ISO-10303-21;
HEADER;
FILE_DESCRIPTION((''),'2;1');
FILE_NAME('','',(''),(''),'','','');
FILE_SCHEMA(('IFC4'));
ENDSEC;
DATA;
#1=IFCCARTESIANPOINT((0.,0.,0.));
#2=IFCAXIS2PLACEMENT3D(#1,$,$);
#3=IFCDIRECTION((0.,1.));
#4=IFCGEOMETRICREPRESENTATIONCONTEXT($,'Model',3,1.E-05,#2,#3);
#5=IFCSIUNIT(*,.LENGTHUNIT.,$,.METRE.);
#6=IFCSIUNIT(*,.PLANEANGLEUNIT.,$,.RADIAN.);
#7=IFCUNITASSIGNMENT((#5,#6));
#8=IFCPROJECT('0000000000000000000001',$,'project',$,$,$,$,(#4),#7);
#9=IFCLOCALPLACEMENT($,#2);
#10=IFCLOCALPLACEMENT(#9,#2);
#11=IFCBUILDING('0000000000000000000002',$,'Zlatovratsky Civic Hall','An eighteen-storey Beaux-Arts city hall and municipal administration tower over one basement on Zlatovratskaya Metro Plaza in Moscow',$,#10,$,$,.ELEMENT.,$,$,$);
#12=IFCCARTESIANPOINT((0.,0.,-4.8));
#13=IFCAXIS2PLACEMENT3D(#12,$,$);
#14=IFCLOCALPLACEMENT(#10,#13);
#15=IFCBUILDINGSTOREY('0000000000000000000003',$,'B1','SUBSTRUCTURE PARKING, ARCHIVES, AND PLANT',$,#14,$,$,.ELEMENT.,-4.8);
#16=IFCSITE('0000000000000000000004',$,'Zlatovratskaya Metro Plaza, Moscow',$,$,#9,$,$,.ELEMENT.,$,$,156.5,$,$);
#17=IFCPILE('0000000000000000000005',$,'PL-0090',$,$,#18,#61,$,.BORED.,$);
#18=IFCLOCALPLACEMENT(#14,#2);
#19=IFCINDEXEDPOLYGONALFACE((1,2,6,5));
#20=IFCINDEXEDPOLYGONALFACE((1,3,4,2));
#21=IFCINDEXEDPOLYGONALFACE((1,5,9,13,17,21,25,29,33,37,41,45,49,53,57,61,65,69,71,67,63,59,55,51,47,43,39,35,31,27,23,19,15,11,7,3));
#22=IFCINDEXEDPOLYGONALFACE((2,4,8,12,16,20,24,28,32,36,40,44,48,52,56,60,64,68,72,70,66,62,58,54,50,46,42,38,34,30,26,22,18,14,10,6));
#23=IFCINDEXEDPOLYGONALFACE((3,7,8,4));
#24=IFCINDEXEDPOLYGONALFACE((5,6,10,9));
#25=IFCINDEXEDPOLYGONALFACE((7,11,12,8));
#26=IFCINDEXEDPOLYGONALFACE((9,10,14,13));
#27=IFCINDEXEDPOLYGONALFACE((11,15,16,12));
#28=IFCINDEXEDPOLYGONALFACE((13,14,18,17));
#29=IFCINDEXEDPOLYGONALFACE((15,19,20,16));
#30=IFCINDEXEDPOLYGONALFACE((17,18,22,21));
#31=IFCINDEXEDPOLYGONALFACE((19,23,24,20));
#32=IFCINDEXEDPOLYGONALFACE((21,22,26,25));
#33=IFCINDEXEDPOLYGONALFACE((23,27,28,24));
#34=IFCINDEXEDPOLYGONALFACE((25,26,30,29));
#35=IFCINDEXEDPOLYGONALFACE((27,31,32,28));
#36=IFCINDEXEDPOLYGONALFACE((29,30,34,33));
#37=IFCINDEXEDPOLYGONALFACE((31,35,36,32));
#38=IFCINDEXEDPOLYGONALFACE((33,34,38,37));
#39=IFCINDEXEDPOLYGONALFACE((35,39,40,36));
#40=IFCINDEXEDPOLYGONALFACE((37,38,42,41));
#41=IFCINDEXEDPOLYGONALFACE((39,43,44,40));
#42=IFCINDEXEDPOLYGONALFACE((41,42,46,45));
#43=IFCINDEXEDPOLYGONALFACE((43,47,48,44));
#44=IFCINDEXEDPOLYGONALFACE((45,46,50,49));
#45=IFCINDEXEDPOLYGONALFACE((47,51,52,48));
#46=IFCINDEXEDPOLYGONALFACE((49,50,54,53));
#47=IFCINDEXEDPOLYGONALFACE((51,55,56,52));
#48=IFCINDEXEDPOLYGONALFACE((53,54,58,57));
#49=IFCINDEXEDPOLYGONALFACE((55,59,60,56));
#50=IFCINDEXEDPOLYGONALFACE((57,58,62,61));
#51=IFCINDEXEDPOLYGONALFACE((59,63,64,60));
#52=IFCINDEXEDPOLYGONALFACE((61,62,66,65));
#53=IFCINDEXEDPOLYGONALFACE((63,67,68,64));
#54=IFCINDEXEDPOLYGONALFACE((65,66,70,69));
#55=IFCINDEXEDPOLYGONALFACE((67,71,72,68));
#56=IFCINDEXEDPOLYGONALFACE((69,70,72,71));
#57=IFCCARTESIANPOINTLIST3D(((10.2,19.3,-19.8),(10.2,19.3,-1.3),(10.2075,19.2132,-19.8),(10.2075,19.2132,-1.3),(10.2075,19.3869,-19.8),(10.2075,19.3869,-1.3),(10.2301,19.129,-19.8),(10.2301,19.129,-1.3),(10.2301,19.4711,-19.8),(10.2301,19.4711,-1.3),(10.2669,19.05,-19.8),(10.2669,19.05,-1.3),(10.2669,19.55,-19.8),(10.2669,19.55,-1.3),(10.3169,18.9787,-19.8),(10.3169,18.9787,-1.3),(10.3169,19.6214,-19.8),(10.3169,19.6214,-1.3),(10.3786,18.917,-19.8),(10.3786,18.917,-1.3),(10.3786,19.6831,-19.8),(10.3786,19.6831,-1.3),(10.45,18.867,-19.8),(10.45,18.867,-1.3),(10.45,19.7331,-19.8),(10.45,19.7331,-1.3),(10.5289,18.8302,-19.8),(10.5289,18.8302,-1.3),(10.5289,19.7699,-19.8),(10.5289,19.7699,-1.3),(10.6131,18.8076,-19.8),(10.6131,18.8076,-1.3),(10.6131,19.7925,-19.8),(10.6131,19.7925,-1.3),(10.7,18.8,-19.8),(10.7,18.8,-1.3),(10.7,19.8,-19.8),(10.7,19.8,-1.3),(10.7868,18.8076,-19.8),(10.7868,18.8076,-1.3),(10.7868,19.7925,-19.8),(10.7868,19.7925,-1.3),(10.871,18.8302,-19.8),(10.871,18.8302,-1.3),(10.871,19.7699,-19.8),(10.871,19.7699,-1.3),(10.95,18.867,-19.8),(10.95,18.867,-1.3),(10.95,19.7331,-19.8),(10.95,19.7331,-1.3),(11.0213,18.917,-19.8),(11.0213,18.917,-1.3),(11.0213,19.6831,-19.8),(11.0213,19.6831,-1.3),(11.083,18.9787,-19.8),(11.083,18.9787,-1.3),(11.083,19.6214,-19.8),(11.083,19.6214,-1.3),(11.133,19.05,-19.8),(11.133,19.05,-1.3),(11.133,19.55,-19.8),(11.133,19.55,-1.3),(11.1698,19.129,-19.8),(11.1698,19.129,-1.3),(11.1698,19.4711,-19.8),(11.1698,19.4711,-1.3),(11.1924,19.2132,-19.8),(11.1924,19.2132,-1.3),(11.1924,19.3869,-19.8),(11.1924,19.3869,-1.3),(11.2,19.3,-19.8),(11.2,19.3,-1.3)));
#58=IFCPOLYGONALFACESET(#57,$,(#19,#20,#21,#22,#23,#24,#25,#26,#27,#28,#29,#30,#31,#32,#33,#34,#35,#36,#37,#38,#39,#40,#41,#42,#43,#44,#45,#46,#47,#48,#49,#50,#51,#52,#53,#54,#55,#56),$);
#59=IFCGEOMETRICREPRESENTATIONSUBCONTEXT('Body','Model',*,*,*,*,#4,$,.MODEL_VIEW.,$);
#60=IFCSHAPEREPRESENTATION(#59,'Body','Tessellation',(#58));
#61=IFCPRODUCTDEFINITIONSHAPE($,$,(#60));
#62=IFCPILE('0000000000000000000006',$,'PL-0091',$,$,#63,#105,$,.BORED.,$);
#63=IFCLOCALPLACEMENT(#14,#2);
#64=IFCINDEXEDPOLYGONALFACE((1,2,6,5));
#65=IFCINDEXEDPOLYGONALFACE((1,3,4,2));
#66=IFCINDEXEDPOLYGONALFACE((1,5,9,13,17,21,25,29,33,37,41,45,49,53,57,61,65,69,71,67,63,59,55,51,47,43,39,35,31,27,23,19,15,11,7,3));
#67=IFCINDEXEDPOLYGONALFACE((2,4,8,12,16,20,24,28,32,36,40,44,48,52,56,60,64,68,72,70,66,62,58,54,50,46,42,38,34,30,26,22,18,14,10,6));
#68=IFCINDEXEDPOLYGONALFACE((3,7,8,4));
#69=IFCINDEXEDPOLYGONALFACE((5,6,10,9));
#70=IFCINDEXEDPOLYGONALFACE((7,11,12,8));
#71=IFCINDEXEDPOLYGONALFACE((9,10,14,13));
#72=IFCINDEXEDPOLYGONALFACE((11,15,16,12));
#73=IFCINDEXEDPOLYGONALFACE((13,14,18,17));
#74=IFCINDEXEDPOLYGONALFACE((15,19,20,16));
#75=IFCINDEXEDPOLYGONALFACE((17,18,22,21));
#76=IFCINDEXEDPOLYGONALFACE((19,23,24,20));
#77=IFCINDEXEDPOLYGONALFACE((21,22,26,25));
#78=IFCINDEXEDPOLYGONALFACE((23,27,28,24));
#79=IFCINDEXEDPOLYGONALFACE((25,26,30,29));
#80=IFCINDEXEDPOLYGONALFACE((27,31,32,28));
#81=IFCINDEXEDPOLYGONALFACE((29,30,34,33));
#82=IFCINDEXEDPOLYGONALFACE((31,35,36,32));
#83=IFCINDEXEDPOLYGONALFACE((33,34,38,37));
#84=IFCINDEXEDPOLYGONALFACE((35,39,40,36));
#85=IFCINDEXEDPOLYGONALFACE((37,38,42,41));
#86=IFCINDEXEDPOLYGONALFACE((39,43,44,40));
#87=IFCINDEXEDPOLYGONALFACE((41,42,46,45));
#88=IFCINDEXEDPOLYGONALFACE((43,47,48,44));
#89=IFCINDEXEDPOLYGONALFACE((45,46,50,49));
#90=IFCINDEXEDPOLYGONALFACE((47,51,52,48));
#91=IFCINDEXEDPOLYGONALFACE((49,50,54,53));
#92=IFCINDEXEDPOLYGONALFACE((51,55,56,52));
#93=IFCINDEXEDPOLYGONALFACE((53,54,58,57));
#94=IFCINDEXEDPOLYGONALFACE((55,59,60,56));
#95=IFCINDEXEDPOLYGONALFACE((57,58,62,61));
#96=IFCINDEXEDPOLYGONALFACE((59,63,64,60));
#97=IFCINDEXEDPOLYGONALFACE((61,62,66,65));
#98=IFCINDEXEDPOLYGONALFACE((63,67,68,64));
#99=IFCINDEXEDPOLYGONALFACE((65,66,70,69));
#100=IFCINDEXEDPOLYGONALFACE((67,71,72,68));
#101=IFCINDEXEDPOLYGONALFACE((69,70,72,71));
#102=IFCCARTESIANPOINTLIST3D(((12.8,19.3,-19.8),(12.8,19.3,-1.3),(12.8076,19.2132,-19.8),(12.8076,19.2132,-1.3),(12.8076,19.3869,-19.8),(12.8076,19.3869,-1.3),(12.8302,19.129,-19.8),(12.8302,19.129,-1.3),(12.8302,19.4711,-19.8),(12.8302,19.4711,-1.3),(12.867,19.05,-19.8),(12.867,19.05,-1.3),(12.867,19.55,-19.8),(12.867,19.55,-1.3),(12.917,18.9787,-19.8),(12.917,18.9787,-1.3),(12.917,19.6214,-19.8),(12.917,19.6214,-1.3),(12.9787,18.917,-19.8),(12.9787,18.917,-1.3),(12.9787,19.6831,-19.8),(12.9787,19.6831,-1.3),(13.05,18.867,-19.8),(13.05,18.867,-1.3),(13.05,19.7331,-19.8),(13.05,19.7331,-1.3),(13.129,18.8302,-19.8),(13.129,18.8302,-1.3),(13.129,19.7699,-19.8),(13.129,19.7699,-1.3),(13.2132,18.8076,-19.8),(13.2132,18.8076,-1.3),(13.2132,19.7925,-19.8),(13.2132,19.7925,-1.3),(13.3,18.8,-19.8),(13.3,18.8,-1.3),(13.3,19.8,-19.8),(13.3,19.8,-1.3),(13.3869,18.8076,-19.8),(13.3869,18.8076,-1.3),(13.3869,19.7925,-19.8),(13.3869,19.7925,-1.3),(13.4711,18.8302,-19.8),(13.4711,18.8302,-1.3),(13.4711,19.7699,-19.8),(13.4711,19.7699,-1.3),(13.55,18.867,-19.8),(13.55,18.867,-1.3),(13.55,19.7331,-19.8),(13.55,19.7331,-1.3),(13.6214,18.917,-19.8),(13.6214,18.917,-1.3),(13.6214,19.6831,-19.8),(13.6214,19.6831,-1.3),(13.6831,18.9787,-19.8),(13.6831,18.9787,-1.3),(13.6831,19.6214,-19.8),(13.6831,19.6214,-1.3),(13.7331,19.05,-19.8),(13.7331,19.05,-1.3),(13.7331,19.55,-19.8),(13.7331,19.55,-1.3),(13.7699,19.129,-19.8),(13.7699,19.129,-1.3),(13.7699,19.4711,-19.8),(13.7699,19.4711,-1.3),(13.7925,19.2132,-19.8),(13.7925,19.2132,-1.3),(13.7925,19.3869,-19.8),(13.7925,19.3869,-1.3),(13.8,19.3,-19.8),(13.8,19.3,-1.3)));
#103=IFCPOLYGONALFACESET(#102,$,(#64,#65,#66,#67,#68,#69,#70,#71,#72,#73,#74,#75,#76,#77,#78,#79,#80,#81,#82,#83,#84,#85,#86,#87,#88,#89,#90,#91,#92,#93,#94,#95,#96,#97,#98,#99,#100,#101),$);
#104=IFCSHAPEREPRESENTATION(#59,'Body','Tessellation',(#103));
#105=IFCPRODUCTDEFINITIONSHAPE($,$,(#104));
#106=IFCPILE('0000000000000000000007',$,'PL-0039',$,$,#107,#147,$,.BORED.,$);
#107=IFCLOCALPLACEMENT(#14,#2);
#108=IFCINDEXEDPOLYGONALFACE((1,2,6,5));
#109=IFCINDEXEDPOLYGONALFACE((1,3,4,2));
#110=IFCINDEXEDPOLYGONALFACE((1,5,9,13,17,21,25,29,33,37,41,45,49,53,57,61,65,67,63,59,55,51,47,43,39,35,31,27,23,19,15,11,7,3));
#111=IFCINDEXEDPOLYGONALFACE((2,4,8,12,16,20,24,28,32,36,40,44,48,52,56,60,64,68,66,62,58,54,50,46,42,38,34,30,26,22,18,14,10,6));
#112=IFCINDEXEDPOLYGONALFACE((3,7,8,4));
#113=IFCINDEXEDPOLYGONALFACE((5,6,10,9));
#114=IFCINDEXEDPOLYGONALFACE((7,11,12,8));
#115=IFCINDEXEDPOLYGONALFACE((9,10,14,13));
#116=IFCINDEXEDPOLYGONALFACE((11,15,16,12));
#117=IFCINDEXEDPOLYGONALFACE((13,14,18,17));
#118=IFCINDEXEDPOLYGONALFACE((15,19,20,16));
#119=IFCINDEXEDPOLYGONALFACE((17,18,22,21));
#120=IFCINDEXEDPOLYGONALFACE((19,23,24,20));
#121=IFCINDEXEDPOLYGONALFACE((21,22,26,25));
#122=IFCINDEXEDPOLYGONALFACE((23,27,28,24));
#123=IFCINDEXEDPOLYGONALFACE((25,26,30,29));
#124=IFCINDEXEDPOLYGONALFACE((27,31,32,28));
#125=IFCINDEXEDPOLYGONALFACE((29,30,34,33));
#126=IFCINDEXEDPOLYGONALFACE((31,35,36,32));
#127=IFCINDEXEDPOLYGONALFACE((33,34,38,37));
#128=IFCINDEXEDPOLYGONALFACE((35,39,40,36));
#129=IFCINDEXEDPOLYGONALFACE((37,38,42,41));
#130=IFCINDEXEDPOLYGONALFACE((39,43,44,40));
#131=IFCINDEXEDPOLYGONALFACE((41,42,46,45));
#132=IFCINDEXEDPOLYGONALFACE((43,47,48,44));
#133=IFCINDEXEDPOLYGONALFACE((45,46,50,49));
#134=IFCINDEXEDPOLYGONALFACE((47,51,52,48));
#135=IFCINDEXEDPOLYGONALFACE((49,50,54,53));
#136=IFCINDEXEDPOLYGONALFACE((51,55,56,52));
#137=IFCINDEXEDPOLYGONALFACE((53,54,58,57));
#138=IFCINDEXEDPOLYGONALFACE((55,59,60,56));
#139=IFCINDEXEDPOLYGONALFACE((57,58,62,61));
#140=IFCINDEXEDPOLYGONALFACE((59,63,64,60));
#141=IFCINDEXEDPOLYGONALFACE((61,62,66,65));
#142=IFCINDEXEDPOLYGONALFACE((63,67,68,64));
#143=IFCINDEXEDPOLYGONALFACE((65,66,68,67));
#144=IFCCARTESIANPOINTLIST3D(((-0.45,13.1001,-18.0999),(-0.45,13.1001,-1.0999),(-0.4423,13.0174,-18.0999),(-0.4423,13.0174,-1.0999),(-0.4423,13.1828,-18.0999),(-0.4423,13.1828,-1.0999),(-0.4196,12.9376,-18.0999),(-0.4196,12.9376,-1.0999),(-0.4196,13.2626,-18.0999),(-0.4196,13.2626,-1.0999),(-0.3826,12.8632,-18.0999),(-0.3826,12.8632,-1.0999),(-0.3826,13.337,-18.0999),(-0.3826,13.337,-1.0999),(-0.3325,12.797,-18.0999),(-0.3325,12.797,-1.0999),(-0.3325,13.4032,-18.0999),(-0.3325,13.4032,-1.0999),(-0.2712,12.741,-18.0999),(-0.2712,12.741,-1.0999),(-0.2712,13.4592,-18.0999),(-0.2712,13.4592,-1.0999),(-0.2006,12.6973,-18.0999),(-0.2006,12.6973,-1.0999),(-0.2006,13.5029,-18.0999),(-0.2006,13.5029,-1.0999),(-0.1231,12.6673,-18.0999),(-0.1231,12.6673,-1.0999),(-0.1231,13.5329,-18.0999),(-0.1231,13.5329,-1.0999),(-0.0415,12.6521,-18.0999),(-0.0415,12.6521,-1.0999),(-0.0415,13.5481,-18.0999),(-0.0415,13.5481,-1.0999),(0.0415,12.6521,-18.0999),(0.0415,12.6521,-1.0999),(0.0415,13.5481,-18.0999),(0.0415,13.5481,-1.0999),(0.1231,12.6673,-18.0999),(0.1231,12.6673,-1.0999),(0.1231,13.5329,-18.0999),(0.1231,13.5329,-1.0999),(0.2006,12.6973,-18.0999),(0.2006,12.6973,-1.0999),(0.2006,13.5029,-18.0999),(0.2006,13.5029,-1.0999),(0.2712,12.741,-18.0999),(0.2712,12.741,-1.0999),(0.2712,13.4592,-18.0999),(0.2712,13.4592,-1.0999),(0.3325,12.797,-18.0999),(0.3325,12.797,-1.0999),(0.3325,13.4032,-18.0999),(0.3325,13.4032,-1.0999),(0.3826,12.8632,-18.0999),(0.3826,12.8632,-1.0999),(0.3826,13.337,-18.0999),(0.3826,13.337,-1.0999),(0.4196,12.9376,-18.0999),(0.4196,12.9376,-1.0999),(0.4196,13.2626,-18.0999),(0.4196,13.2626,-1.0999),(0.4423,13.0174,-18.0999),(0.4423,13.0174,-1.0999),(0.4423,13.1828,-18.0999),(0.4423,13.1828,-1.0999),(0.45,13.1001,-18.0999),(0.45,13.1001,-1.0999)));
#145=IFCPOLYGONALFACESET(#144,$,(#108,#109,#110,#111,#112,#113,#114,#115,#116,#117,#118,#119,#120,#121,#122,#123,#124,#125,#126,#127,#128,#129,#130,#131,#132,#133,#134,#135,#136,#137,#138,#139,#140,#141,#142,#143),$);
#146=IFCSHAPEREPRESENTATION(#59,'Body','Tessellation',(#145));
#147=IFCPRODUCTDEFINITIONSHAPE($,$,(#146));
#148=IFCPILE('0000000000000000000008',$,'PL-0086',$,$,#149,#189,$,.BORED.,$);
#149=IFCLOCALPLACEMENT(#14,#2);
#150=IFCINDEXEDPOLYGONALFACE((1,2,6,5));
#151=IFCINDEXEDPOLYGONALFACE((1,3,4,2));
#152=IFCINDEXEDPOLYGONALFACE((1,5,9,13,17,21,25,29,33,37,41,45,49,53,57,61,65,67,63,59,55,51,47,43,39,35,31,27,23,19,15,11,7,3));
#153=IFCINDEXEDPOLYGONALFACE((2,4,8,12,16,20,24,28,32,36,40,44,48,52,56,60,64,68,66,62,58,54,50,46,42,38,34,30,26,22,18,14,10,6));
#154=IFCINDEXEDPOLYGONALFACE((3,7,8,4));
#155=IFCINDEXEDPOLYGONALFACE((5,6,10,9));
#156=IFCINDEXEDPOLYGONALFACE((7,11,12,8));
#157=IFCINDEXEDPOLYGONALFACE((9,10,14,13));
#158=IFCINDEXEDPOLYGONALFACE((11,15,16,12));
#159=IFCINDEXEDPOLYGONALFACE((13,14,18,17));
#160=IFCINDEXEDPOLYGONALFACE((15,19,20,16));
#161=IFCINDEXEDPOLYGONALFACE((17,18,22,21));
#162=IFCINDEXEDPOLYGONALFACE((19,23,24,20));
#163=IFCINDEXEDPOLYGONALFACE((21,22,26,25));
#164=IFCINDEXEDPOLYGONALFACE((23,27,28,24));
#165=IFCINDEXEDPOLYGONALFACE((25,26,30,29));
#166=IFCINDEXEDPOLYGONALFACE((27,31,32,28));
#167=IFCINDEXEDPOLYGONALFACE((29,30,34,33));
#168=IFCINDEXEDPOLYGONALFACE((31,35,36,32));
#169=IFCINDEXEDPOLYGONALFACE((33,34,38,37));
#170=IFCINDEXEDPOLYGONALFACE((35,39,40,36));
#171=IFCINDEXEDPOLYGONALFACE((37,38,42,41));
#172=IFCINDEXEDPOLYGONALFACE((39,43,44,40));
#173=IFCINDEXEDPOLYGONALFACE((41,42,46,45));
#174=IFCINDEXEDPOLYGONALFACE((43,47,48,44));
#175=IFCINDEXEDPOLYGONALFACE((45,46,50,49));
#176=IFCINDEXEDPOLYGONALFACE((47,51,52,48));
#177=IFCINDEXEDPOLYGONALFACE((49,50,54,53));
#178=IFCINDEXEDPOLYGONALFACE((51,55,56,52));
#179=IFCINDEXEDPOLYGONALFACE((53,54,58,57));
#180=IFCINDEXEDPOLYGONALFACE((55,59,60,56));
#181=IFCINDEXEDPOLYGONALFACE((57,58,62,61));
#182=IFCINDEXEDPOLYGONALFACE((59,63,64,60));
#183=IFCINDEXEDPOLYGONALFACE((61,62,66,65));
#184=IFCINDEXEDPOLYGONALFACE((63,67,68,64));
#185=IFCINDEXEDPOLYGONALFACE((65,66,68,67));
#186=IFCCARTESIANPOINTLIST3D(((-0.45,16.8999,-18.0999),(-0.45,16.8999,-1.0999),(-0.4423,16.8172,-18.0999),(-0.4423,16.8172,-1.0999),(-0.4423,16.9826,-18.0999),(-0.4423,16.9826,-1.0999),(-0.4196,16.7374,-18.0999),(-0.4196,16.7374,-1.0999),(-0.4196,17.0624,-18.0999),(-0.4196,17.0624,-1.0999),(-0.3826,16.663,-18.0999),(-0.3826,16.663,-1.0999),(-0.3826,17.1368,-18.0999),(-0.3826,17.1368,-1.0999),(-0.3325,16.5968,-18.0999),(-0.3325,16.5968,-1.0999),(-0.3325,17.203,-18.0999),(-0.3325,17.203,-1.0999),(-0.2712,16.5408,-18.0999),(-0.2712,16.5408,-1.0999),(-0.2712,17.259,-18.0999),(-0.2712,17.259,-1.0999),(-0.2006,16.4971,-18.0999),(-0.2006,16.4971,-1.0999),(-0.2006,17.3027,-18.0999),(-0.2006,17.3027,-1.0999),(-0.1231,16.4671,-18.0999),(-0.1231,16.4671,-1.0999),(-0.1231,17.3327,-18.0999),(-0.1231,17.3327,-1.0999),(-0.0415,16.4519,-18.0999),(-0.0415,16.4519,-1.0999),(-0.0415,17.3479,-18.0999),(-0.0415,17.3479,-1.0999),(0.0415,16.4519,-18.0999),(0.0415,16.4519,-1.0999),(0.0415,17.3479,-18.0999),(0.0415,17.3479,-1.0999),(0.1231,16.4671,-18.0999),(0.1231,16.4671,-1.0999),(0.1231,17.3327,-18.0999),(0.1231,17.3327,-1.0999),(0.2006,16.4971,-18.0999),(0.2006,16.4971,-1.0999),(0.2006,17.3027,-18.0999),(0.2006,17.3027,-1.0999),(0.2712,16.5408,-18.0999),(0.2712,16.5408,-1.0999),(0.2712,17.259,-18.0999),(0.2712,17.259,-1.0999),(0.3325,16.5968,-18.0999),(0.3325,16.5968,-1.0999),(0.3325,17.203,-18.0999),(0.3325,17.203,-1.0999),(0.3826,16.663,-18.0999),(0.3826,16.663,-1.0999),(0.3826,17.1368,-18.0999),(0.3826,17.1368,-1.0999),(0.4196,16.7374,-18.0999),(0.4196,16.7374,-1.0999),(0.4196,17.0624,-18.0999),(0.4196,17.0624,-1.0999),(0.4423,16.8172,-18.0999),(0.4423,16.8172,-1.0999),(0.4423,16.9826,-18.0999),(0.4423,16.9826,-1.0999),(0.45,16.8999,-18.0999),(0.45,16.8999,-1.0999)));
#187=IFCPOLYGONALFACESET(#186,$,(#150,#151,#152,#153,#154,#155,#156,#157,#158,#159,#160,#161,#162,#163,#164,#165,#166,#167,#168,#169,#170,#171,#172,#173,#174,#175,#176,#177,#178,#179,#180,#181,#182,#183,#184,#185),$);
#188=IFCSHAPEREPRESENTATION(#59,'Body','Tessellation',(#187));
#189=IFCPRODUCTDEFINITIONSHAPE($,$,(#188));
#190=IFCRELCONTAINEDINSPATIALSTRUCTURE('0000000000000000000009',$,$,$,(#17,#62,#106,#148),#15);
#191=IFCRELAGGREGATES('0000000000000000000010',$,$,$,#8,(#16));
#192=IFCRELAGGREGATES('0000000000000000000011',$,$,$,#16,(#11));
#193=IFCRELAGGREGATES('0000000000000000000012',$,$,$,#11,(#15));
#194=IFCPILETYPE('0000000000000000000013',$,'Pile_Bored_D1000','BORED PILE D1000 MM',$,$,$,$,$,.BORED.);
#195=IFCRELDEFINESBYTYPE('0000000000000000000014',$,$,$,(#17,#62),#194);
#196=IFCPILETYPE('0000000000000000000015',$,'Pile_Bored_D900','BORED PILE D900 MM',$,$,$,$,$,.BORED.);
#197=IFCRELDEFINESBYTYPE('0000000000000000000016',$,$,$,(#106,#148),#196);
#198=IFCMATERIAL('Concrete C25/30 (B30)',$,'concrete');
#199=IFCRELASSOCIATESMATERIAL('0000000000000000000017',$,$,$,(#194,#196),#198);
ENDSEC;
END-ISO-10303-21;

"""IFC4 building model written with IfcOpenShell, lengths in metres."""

from ifc_helpers import new_model, si_unit, direction, frame, origin, origin_2d, place, context, subcontext, project, spatial, circle, extrude, material, material_profile, profile_set, type_object, element, save


model = new_model("IFC4")

# Units and contexts
model_context = context("Model", 3, precision=1e-05, world=origin(), true_north=direction((0.0, 1.0)))
body_context = subcontext(model_context, "Body", "Model", "MODEL_VIEW")
ifc_project = project(units=[si_unit("LENGTHUNIT", "METRE"), si_unit("PLANEANGLEUNIT", "RADIAN")], contexts=[model_context])

# Site, building, storey
site_placement = place(None, origin())
site = spatial("IfcSite", under=ifc_project, at=site_placement, Name="Zlatovratskaya Metro Plaza, Moscow", CompositionType="ELEMENT", RefElevation=156.5)
building_placement = place(site_placement, origin())
building = spatial("IfcBuilding", under=site, at=building_placement, Name="Zlatovratsky Civic Hall", Description="An eighteen-storey Beaux-Arts city hall and municipal administration tower over one basement on Zlatovratskaya Metro Plaza in Moscow", CompositionType="ELEMENT")
storey_placement = place(building_placement, frame((0.0, 0.0, -4.8)))
storey = spatial("IfcBuildingStorey", under=building, at=storey_placement, Name="B1", Description="SUBSTRUCTURE PARKING, ARCHIVES, AND PLANT", CompositionType="ELEMENT", Elevation=-4.8)

# Shared definitions
ifc_material_1 = material(Name="Concrete C25/30 (B30)", Category="concrete")

# Piles
ifc_material_profile_1 = material_profile(ifc_material_1, circle(Radius=0.5, at=origin_2d()), Name="PILE D1000")
ifc_profile_set_1 = profile_set([ifc_material_profile_1], Name="Concrete C25/30 (B30)")
pile_type_1 = type_object("IfcPileType", Name="Pile_Bored_D1000", Description="BORED PILE D1000 MM", PredefinedType="BORED", material=ifc_profile_set_1)
for number, where, z_axis, x_axis, name in (
    (1, (10.7, 19.3, -1.3), (0.0, 0.0, -1.0), (1.0, 0.0, 0.0), "PL-0090"),
    (2, (13.3, 19.3, -1.3), (0.0, 0.0, -1.0), (1.0, 0.0, 0.0), "PL-0091"),
):
    element("IfcPile", number, at=place(storey_placement, frame(where, z_axis=z_axis, x_axis=x_axis)), inside=storey, type_object=pile_type_1, Name=name, PredefinedType="BORED", context=body_context, shape_type="SweptSolid", body=[
        extrude(circle(Radius=0.5, at=origin_2d()), origin(), (0.0, 0.0, 1.0), 18.5),
    ])
ifc_material_profile_2 = material_profile(ifc_material_1, circle(Radius=0.45, at=origin_2d()), Name="PILE D900")
ifc_profile_set_2 = profile_set([ifc_material_profile_2], Name="Concrete C25/30 (B30)")
pile_type_2 = type_object("IfcPileType", Name="Pile_Bored_D900", Description="BORED PILE D900 MM", PredefinedType="BORED", material=ifc_profile_set_2)
for number, where, z_axis, x_axis, name in (
    (3, (0.0, 13.1001, -1.0999), (0.0, 0.0, -1.0), (1.0, 0.0, 0.0), "PL-0039"),
    (4, (0.0, 16.8999, -1.0999), (0.0, 0.0, -1.0), (1.0, 0.0, 0.0), "PL-0086"),
):
    element("IfcPile", number, at=place(storey_placement, frame(where, z_axis=z_axis, x_axis=x_axis)), inside=storey, type_object=pile_type_2, Name=name, PredefinedType="BORED", context=body_context, shape_type="SweptSolid", body=[
        extrude(circle(Radius=0.45, at=origin_2d()), origin(), (0.0, 0.0, 1.0), 17.0),
    ])

save(model, "model.ifc")
